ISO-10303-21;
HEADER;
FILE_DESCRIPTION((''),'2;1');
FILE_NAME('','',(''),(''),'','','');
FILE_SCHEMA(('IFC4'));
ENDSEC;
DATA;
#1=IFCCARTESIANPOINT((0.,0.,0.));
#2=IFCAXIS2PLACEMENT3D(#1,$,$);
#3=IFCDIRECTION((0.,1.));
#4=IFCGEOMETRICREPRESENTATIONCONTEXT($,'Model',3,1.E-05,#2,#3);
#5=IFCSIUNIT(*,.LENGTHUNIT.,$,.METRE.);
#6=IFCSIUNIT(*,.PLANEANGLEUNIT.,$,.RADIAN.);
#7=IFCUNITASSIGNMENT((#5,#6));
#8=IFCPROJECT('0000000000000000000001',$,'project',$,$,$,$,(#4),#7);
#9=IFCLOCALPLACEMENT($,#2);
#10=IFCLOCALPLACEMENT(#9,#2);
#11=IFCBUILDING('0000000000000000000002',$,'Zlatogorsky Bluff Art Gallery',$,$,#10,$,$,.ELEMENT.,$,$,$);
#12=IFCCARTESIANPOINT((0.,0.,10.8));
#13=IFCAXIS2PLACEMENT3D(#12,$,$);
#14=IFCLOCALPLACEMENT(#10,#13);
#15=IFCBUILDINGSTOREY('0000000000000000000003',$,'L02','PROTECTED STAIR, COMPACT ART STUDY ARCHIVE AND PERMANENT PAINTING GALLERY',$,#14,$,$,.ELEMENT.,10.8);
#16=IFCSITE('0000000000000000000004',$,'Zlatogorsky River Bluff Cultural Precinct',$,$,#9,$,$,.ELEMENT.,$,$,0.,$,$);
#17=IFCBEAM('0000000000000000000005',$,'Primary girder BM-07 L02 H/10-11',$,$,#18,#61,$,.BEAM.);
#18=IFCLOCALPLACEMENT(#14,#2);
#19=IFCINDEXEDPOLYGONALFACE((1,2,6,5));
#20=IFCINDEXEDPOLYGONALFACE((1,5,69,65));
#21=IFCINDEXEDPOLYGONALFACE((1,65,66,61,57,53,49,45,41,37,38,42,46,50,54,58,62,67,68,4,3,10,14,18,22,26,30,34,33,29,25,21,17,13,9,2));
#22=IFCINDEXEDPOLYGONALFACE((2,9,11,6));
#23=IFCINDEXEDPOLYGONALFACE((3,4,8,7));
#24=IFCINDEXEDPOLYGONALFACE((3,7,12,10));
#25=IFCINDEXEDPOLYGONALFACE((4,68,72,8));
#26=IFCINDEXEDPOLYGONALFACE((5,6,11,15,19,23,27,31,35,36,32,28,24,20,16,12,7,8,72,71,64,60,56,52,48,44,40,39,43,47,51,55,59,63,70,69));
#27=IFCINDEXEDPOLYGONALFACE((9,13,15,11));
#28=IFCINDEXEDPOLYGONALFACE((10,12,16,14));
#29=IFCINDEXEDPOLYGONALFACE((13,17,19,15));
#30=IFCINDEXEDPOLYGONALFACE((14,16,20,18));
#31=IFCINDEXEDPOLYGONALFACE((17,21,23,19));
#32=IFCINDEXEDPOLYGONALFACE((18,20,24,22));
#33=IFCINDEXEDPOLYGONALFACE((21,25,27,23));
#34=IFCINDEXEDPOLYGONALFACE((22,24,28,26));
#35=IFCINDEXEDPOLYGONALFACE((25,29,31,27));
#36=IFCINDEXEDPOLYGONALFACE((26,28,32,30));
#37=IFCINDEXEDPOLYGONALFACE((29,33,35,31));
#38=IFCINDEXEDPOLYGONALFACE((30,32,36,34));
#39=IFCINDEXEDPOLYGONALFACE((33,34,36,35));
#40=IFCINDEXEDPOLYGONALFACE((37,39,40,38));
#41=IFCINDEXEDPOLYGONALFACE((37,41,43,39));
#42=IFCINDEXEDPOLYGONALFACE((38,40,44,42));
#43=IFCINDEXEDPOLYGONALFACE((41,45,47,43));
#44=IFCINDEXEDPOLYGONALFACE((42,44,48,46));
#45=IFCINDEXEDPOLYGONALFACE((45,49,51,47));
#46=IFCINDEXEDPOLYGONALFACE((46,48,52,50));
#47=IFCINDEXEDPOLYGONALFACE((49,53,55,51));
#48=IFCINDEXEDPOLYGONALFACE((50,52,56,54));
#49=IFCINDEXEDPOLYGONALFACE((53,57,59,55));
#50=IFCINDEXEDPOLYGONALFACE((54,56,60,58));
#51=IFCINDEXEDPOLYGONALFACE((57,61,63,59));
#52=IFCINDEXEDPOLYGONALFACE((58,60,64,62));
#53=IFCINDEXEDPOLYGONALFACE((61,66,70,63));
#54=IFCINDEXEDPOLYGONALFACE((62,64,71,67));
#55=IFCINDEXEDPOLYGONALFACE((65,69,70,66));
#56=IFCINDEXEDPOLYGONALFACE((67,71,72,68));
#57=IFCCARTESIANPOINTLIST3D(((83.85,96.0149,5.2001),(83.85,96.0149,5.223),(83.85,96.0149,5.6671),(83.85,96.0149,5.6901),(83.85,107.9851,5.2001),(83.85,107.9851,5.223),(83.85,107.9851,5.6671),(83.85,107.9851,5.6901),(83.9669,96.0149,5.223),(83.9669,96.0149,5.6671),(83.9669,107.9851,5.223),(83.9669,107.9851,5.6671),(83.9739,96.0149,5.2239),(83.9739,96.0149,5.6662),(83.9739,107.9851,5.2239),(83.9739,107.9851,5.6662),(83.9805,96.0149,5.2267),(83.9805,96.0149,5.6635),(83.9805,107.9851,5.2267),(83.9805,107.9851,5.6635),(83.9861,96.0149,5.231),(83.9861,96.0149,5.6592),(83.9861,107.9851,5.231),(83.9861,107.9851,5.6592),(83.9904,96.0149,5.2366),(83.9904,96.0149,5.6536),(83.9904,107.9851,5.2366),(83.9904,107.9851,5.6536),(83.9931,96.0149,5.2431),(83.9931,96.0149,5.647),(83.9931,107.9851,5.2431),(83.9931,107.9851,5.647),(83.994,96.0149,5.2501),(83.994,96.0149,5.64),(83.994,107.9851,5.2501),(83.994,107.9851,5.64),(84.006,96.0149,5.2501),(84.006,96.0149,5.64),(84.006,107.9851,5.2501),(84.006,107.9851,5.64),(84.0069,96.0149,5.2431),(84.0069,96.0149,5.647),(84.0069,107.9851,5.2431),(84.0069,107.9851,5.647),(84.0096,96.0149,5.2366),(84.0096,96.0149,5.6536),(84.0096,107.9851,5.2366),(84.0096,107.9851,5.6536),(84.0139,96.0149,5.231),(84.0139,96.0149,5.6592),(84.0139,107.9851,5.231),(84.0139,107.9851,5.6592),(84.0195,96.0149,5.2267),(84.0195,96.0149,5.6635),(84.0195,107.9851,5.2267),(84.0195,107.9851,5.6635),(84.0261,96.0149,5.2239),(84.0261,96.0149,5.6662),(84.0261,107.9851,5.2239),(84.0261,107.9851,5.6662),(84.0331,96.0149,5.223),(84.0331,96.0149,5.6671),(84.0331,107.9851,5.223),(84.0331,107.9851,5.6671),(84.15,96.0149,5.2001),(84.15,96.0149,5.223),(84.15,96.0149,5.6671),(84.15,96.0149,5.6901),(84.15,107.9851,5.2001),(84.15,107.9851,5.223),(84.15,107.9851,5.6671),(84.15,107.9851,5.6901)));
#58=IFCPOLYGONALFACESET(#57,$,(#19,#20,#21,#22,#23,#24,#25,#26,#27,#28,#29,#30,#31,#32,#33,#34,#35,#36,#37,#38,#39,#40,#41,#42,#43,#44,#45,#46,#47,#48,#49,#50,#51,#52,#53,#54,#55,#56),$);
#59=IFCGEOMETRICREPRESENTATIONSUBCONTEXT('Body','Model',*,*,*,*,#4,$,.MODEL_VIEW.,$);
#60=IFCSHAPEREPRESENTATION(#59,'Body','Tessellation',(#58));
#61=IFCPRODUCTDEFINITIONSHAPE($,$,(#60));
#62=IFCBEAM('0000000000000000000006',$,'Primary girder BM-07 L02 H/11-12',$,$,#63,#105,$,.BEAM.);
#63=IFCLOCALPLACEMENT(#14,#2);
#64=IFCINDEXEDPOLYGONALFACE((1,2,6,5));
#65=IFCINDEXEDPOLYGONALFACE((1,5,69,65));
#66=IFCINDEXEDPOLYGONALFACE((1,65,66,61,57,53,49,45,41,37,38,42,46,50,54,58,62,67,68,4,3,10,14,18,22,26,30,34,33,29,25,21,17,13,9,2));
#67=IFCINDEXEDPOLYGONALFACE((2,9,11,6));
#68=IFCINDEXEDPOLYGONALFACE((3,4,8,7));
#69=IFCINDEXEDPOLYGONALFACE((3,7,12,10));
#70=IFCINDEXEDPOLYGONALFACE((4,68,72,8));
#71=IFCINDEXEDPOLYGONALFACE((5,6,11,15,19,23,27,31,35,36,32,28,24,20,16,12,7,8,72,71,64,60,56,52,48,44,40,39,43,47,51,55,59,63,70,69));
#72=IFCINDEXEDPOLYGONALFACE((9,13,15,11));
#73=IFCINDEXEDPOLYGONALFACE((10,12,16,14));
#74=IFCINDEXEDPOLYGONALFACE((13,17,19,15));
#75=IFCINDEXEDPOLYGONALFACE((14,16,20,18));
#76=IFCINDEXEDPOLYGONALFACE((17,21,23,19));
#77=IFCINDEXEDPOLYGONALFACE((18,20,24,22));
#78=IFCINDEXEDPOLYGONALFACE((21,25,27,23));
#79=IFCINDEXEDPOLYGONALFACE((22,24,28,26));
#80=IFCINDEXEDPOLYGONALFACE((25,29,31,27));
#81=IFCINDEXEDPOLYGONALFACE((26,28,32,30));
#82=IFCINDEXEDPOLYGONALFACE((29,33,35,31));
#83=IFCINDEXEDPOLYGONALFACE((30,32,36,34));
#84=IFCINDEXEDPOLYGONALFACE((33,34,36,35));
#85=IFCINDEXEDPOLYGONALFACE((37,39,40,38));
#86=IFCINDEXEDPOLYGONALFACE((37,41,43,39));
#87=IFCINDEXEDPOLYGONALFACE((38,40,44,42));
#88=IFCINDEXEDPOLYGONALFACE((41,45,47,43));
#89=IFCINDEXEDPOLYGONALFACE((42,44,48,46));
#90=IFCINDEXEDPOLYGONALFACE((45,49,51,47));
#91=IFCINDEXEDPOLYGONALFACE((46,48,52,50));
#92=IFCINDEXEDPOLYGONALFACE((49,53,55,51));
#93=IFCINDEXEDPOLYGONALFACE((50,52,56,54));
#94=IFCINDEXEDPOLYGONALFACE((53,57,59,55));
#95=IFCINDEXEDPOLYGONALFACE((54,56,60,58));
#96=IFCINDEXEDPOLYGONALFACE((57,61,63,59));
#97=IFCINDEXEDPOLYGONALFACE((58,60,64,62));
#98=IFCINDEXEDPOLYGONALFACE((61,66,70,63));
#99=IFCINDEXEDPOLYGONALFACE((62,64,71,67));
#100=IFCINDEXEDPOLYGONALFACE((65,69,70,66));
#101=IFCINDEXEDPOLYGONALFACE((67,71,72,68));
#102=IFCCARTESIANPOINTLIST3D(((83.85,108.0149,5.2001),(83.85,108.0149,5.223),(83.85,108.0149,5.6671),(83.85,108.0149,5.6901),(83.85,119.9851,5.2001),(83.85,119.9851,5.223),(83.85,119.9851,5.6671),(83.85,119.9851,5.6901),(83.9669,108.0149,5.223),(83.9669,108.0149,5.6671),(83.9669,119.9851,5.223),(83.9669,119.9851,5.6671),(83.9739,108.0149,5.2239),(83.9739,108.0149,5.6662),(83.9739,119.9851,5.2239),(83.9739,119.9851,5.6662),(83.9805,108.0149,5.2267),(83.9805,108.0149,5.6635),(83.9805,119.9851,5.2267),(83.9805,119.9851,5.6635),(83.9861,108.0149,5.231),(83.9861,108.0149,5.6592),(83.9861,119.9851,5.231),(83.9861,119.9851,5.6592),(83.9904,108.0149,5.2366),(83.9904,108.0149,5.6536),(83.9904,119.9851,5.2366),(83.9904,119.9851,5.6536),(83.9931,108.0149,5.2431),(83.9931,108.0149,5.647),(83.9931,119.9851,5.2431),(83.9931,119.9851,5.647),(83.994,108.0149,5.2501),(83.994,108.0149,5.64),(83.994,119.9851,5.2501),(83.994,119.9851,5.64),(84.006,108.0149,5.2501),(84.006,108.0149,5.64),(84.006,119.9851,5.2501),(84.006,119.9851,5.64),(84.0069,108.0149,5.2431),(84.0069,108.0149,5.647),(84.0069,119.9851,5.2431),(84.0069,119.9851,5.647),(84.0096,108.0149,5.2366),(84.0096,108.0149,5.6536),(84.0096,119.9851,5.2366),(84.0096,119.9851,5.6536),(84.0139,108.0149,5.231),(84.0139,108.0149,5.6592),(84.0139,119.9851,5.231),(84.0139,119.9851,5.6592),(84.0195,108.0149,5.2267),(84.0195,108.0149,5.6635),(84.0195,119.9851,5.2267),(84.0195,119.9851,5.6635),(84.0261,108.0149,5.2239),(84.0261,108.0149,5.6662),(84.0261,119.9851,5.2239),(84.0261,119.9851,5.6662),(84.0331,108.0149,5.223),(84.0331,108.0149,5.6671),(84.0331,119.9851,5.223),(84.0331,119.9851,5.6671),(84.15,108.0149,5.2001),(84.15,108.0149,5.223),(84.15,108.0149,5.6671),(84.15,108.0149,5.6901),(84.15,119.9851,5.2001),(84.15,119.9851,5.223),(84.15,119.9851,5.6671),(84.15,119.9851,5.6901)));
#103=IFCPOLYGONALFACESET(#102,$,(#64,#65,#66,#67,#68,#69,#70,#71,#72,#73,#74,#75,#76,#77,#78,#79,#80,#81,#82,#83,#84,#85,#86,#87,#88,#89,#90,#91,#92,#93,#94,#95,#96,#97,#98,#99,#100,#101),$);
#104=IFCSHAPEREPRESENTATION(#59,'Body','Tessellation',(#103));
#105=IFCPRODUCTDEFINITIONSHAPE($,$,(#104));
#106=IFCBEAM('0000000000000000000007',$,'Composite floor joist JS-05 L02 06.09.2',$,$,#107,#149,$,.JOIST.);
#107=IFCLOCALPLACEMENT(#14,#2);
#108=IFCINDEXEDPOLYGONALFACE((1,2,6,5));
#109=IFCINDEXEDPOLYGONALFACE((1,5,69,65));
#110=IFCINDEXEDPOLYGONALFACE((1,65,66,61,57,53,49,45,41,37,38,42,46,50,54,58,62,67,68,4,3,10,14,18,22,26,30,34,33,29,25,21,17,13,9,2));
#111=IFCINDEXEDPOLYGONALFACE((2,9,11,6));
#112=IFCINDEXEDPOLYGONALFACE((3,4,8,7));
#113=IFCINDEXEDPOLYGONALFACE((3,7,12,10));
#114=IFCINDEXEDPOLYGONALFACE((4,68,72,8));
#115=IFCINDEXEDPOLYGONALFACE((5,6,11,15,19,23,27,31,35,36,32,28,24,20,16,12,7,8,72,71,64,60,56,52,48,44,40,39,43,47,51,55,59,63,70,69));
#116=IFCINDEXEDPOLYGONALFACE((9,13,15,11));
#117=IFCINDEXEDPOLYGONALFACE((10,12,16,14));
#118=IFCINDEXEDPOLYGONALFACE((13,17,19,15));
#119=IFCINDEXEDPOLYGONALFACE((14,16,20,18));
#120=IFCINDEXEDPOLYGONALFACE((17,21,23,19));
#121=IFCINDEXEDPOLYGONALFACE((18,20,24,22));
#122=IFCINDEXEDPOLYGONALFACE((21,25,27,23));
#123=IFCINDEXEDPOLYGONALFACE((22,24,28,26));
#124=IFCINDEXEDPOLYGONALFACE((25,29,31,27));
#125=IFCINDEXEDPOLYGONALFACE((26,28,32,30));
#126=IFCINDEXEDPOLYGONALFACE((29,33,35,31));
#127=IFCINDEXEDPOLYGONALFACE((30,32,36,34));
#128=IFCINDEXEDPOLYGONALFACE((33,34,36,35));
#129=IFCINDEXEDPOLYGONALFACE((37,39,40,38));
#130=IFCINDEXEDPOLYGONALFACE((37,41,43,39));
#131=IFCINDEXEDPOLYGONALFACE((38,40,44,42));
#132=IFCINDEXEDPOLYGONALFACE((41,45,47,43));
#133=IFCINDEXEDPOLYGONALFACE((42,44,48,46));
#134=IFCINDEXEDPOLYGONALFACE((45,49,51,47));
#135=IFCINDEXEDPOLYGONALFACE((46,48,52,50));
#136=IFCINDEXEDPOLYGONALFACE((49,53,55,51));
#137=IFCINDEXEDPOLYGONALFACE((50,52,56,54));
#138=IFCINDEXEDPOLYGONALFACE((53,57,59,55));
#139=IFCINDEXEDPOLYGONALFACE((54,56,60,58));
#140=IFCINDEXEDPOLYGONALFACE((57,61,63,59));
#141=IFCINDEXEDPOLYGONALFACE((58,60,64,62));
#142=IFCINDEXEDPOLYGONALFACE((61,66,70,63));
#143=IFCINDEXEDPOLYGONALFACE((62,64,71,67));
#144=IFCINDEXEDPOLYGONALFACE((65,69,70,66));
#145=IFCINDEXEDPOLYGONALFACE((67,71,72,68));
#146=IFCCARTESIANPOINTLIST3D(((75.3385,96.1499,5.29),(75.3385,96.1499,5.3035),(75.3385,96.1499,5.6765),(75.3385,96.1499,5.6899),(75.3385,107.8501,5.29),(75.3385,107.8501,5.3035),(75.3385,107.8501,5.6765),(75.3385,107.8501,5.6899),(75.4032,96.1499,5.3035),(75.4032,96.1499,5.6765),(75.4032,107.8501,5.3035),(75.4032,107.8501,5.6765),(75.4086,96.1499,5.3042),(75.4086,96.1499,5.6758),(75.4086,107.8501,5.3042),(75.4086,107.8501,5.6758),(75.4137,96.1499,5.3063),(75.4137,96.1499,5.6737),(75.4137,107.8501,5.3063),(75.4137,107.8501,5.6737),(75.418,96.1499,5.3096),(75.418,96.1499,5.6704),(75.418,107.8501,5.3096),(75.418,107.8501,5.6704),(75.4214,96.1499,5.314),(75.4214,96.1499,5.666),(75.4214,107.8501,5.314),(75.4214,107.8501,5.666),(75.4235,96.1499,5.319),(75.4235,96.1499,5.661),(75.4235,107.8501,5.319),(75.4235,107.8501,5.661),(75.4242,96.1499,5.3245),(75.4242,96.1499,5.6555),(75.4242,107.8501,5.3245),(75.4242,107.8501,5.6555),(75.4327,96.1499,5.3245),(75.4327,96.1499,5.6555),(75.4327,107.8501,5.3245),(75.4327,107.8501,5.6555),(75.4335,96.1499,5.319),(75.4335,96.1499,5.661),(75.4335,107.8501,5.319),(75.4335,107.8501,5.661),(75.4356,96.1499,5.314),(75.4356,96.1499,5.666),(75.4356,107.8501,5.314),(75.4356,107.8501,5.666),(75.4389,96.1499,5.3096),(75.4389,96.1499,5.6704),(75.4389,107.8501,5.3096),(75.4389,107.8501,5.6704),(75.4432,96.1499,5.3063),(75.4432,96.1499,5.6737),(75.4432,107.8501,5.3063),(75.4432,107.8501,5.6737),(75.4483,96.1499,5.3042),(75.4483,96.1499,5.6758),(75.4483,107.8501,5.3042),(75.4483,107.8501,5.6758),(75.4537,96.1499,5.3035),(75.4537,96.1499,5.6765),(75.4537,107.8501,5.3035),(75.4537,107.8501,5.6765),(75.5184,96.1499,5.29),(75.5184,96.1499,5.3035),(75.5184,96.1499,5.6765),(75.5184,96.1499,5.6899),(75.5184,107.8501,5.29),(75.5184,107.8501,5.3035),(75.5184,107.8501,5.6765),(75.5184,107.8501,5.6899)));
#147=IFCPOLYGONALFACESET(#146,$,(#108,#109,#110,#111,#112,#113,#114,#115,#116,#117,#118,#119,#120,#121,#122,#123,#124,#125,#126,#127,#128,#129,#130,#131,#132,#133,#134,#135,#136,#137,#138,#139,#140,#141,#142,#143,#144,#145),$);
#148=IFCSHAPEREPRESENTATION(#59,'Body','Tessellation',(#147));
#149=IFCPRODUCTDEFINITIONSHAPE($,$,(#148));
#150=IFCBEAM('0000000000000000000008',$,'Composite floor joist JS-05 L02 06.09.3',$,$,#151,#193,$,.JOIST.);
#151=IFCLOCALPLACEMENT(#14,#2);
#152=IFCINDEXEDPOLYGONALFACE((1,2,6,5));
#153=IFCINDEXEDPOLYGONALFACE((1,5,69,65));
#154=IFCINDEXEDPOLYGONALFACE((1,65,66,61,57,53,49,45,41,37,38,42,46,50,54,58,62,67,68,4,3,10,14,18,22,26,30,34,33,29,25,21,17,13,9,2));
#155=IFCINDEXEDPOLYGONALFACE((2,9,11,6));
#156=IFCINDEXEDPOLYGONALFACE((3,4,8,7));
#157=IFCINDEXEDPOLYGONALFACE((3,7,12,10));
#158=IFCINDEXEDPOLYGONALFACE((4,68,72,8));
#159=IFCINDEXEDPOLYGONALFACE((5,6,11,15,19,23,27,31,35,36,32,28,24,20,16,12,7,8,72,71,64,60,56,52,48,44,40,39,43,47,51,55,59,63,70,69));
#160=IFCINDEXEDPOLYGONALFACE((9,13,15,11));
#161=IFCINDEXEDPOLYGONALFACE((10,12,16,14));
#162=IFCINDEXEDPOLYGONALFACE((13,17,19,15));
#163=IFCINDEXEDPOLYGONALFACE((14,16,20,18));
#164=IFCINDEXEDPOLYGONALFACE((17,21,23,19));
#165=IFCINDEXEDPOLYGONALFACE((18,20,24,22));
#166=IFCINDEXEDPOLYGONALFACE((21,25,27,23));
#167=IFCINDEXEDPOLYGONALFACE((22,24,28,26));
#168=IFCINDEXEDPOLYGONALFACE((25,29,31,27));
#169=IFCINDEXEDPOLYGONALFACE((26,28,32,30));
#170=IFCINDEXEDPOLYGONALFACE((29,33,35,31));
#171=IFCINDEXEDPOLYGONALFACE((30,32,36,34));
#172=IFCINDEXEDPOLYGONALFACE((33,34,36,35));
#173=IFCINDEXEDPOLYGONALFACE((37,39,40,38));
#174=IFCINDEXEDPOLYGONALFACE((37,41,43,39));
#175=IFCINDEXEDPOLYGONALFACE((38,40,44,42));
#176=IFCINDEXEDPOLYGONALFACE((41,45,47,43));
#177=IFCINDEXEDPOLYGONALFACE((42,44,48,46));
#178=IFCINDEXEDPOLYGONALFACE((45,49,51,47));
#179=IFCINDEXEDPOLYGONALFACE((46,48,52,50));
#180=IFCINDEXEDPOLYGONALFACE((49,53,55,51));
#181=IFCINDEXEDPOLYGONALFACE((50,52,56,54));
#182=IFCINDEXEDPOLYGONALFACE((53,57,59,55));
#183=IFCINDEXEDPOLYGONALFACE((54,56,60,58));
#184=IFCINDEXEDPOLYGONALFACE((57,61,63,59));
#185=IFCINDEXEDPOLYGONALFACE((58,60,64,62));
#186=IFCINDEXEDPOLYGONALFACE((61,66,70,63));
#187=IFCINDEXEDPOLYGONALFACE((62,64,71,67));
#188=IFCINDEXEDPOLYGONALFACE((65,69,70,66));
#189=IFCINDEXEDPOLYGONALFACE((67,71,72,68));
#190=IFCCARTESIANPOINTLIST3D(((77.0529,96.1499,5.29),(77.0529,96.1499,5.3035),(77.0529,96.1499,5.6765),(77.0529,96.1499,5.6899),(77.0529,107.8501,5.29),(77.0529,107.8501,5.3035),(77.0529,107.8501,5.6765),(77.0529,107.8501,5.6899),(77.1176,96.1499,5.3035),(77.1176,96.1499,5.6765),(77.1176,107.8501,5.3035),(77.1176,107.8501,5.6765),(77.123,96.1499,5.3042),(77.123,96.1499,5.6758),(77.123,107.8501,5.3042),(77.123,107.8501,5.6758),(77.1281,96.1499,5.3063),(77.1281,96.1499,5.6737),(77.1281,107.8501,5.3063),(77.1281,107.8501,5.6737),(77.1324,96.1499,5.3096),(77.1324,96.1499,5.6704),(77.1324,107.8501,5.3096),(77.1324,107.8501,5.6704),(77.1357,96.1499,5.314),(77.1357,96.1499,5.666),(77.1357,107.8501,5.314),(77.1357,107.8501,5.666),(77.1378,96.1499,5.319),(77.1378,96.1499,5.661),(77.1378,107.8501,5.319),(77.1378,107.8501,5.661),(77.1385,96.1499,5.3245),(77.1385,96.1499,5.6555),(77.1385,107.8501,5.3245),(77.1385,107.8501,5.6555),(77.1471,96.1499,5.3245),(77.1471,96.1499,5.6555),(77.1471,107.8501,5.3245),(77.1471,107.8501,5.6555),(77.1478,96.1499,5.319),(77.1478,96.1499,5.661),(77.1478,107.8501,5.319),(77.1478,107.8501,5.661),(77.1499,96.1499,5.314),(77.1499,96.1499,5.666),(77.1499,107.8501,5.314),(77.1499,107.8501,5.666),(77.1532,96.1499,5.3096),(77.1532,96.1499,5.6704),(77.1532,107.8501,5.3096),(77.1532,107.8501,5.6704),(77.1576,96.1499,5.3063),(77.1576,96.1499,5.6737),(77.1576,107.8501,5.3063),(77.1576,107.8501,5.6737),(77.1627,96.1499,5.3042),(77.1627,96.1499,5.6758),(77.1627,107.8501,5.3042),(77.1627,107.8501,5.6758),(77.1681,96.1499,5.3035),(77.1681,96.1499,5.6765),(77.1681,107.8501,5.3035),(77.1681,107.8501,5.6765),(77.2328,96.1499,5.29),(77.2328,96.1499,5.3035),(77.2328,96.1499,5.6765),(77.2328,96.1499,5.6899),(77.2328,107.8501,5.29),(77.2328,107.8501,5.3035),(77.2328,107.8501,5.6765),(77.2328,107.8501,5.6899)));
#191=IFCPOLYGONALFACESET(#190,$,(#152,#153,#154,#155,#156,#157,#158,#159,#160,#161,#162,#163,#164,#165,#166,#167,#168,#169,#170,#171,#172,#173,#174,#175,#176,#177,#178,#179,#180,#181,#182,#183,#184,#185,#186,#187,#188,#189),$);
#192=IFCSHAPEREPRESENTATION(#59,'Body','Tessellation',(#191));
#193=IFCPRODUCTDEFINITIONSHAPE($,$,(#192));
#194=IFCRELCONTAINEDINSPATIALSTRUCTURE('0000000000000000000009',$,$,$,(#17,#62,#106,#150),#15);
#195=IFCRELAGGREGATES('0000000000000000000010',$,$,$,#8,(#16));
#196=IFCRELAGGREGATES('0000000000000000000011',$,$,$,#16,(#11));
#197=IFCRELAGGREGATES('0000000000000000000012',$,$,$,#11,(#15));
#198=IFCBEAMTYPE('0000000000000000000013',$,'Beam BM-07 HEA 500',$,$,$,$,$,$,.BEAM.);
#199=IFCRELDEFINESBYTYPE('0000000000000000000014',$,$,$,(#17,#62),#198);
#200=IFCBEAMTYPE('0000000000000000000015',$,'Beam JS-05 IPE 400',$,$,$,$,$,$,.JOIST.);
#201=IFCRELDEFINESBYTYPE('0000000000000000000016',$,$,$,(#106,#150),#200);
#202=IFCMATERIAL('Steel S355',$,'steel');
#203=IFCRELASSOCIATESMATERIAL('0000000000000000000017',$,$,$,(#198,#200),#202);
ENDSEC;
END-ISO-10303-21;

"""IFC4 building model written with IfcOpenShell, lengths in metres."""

from ifc_helpers import new_model, si_unit, direction, frame, origin, origin_2d, place, context, subcontext, project, spatial, i_section, extrude, material, material_profile, profile_set, type_object, element, save


model = new_model("IFC4")

# Units and contexts
model_context = context("Model", 3, precision=1e-05, world=origin(), true_north=direction((0.0, 1.0)))
body_context = subcontext(model_context, "Body", "Model", "MODEL_VIEW")
ifc_project = project(units=[si_unit("LENGTHUNIT", "METRE"), si_unit("PLANEANGLEUNIT", "RADIAN")], contexts=[model_context])

# Site, building, storey
site_placement = place(None, origin())
site = spatial("IfcSite", under=ifc_project, at=site_placement, Name="Zlatogorsky River Bluff Cultural Precinct", CompositionType="ELEMENT", RefElevation=0.0)
building_placement = place(site_placement, origin())
building = spatial("IfcBuilding", under=site, at=building_placement, Name="Zlatogorsky Bluff Art Gallery", CompositionType="ELEMENT")
storey_placement = place(building_placement, frame((0.0, 0.0, 10.8)))
storey = spatial("IfcBuildingStorey", under=building, at=storey_placement, Name="L02", Description="PROTECTED STAIR, COMPACT ART STUDY ARCHIVE AND PERMANENT PAINTING GALLERY", CompositionType="ELEMENT", Elevation=10.8)

# Shared definitions
ifc_material_1 = material(Name="Steel S355", Category="steel")

# Beams
ifc_material_profile_1 = material_profile(ifc_material_1, i_section(OverallWidth=0.3, OverallDepth=0.49, WebThickness=0.012, FlangeThickness=0.0229, FilletRadius=0.0271, at=origin_2d()), Name="HEA 500")
ifc_profile_set_1 = profile_set([ifc_material_profile_1], Name="Steel S355")
beam_type_1 = type_object("IfcBeamType", Name="Beam BM-07 HEA 500", PredefinedType="BEAM", material=ifc_profile_set_1)
for number, where, z_axis, x_axis, name in (
    (1, (84.0, 96.0149, 5.4451), (0.0, 1.0, 0.0), (-1.0, 0.0, 0.0), "Primary girder BM-07 L02 H/10-11"),
    (2, (84.0, 108.0149, 5.4451), (0.0, 1.0, 0.0), (-1.0, 0.0, 0.0), "Primary girder BM-07 L02 H/11-12"),
):
    element("IfcBeam", number, at=place(storey_placement, frame(where, z_axis=z_axis, x_axis=x_axis)), inside=storey, type_object=beam_type_1, Name=name, PredefinedType="BEAM", context=body_context, shape_type="SweptSolid", body=[
        extrude(i_section(OverallWidth=0.3, OverallDepth=0.49, WebThickness=0.012, FlangeThickness=0.0229, FilletRadius=0.0271, at=origin_2d()), origin(), (0.0, 0.0, 1.0), 11.9702),
    ])
ifc_material_profile_2 = material_profile(ifc_material_1, i_section(OverallWidth=0.1799, OverallDepth=0.3999, WebThickness=0.0085, FlangeThickness=0.0134, FilletRadius=0.021, at=origin_2d()), Name="IPE 400")
ifc_profile_set_2 = profile_set([ifc_material_profile_2], Name="Steel S355")
beam_type_2 = type_object("IfcBeamType", Name="Beam JS-05 IPE 400", PredefinedType="JOIST", material=ifc_profile_set_2)
for number, where, z_axis, x_axis, name in (
    (3, (75.4285, 96.1499, 5.49), (0.0, 1.0, 0.0), (-1.0, 0.0, 0.0), "Composite floor joist JS-05 L02 06.09.2"),
    (4, (77.1428, 96.1499, 5.49), (0.0, 1.0, 0.0), (-1.0, 0.0, 0.0), "Composite floor joist JS-05 L02 06.09.3"),
):
    element("IfcBeam", number, at=place(storey_placement, frame(where, z_axis=z_axis, x_axis=x_axis)), inside=storey, type_object=beam_type_2, Name=name, PredefinedType="JOIST", context=body_context, shape_type="SweptSolid", body=[
        extrude(i_section(OverallWidth=0.1799, OverallDepth=0.3999, WebThickness=0.0085, FlangeThickness=0.0134, FilletRadius=0.021, at=origin_2d()), origin(), (0.0, 0.0, 1.0), 11.7002),
    ])

save(model, "model.ifc")
